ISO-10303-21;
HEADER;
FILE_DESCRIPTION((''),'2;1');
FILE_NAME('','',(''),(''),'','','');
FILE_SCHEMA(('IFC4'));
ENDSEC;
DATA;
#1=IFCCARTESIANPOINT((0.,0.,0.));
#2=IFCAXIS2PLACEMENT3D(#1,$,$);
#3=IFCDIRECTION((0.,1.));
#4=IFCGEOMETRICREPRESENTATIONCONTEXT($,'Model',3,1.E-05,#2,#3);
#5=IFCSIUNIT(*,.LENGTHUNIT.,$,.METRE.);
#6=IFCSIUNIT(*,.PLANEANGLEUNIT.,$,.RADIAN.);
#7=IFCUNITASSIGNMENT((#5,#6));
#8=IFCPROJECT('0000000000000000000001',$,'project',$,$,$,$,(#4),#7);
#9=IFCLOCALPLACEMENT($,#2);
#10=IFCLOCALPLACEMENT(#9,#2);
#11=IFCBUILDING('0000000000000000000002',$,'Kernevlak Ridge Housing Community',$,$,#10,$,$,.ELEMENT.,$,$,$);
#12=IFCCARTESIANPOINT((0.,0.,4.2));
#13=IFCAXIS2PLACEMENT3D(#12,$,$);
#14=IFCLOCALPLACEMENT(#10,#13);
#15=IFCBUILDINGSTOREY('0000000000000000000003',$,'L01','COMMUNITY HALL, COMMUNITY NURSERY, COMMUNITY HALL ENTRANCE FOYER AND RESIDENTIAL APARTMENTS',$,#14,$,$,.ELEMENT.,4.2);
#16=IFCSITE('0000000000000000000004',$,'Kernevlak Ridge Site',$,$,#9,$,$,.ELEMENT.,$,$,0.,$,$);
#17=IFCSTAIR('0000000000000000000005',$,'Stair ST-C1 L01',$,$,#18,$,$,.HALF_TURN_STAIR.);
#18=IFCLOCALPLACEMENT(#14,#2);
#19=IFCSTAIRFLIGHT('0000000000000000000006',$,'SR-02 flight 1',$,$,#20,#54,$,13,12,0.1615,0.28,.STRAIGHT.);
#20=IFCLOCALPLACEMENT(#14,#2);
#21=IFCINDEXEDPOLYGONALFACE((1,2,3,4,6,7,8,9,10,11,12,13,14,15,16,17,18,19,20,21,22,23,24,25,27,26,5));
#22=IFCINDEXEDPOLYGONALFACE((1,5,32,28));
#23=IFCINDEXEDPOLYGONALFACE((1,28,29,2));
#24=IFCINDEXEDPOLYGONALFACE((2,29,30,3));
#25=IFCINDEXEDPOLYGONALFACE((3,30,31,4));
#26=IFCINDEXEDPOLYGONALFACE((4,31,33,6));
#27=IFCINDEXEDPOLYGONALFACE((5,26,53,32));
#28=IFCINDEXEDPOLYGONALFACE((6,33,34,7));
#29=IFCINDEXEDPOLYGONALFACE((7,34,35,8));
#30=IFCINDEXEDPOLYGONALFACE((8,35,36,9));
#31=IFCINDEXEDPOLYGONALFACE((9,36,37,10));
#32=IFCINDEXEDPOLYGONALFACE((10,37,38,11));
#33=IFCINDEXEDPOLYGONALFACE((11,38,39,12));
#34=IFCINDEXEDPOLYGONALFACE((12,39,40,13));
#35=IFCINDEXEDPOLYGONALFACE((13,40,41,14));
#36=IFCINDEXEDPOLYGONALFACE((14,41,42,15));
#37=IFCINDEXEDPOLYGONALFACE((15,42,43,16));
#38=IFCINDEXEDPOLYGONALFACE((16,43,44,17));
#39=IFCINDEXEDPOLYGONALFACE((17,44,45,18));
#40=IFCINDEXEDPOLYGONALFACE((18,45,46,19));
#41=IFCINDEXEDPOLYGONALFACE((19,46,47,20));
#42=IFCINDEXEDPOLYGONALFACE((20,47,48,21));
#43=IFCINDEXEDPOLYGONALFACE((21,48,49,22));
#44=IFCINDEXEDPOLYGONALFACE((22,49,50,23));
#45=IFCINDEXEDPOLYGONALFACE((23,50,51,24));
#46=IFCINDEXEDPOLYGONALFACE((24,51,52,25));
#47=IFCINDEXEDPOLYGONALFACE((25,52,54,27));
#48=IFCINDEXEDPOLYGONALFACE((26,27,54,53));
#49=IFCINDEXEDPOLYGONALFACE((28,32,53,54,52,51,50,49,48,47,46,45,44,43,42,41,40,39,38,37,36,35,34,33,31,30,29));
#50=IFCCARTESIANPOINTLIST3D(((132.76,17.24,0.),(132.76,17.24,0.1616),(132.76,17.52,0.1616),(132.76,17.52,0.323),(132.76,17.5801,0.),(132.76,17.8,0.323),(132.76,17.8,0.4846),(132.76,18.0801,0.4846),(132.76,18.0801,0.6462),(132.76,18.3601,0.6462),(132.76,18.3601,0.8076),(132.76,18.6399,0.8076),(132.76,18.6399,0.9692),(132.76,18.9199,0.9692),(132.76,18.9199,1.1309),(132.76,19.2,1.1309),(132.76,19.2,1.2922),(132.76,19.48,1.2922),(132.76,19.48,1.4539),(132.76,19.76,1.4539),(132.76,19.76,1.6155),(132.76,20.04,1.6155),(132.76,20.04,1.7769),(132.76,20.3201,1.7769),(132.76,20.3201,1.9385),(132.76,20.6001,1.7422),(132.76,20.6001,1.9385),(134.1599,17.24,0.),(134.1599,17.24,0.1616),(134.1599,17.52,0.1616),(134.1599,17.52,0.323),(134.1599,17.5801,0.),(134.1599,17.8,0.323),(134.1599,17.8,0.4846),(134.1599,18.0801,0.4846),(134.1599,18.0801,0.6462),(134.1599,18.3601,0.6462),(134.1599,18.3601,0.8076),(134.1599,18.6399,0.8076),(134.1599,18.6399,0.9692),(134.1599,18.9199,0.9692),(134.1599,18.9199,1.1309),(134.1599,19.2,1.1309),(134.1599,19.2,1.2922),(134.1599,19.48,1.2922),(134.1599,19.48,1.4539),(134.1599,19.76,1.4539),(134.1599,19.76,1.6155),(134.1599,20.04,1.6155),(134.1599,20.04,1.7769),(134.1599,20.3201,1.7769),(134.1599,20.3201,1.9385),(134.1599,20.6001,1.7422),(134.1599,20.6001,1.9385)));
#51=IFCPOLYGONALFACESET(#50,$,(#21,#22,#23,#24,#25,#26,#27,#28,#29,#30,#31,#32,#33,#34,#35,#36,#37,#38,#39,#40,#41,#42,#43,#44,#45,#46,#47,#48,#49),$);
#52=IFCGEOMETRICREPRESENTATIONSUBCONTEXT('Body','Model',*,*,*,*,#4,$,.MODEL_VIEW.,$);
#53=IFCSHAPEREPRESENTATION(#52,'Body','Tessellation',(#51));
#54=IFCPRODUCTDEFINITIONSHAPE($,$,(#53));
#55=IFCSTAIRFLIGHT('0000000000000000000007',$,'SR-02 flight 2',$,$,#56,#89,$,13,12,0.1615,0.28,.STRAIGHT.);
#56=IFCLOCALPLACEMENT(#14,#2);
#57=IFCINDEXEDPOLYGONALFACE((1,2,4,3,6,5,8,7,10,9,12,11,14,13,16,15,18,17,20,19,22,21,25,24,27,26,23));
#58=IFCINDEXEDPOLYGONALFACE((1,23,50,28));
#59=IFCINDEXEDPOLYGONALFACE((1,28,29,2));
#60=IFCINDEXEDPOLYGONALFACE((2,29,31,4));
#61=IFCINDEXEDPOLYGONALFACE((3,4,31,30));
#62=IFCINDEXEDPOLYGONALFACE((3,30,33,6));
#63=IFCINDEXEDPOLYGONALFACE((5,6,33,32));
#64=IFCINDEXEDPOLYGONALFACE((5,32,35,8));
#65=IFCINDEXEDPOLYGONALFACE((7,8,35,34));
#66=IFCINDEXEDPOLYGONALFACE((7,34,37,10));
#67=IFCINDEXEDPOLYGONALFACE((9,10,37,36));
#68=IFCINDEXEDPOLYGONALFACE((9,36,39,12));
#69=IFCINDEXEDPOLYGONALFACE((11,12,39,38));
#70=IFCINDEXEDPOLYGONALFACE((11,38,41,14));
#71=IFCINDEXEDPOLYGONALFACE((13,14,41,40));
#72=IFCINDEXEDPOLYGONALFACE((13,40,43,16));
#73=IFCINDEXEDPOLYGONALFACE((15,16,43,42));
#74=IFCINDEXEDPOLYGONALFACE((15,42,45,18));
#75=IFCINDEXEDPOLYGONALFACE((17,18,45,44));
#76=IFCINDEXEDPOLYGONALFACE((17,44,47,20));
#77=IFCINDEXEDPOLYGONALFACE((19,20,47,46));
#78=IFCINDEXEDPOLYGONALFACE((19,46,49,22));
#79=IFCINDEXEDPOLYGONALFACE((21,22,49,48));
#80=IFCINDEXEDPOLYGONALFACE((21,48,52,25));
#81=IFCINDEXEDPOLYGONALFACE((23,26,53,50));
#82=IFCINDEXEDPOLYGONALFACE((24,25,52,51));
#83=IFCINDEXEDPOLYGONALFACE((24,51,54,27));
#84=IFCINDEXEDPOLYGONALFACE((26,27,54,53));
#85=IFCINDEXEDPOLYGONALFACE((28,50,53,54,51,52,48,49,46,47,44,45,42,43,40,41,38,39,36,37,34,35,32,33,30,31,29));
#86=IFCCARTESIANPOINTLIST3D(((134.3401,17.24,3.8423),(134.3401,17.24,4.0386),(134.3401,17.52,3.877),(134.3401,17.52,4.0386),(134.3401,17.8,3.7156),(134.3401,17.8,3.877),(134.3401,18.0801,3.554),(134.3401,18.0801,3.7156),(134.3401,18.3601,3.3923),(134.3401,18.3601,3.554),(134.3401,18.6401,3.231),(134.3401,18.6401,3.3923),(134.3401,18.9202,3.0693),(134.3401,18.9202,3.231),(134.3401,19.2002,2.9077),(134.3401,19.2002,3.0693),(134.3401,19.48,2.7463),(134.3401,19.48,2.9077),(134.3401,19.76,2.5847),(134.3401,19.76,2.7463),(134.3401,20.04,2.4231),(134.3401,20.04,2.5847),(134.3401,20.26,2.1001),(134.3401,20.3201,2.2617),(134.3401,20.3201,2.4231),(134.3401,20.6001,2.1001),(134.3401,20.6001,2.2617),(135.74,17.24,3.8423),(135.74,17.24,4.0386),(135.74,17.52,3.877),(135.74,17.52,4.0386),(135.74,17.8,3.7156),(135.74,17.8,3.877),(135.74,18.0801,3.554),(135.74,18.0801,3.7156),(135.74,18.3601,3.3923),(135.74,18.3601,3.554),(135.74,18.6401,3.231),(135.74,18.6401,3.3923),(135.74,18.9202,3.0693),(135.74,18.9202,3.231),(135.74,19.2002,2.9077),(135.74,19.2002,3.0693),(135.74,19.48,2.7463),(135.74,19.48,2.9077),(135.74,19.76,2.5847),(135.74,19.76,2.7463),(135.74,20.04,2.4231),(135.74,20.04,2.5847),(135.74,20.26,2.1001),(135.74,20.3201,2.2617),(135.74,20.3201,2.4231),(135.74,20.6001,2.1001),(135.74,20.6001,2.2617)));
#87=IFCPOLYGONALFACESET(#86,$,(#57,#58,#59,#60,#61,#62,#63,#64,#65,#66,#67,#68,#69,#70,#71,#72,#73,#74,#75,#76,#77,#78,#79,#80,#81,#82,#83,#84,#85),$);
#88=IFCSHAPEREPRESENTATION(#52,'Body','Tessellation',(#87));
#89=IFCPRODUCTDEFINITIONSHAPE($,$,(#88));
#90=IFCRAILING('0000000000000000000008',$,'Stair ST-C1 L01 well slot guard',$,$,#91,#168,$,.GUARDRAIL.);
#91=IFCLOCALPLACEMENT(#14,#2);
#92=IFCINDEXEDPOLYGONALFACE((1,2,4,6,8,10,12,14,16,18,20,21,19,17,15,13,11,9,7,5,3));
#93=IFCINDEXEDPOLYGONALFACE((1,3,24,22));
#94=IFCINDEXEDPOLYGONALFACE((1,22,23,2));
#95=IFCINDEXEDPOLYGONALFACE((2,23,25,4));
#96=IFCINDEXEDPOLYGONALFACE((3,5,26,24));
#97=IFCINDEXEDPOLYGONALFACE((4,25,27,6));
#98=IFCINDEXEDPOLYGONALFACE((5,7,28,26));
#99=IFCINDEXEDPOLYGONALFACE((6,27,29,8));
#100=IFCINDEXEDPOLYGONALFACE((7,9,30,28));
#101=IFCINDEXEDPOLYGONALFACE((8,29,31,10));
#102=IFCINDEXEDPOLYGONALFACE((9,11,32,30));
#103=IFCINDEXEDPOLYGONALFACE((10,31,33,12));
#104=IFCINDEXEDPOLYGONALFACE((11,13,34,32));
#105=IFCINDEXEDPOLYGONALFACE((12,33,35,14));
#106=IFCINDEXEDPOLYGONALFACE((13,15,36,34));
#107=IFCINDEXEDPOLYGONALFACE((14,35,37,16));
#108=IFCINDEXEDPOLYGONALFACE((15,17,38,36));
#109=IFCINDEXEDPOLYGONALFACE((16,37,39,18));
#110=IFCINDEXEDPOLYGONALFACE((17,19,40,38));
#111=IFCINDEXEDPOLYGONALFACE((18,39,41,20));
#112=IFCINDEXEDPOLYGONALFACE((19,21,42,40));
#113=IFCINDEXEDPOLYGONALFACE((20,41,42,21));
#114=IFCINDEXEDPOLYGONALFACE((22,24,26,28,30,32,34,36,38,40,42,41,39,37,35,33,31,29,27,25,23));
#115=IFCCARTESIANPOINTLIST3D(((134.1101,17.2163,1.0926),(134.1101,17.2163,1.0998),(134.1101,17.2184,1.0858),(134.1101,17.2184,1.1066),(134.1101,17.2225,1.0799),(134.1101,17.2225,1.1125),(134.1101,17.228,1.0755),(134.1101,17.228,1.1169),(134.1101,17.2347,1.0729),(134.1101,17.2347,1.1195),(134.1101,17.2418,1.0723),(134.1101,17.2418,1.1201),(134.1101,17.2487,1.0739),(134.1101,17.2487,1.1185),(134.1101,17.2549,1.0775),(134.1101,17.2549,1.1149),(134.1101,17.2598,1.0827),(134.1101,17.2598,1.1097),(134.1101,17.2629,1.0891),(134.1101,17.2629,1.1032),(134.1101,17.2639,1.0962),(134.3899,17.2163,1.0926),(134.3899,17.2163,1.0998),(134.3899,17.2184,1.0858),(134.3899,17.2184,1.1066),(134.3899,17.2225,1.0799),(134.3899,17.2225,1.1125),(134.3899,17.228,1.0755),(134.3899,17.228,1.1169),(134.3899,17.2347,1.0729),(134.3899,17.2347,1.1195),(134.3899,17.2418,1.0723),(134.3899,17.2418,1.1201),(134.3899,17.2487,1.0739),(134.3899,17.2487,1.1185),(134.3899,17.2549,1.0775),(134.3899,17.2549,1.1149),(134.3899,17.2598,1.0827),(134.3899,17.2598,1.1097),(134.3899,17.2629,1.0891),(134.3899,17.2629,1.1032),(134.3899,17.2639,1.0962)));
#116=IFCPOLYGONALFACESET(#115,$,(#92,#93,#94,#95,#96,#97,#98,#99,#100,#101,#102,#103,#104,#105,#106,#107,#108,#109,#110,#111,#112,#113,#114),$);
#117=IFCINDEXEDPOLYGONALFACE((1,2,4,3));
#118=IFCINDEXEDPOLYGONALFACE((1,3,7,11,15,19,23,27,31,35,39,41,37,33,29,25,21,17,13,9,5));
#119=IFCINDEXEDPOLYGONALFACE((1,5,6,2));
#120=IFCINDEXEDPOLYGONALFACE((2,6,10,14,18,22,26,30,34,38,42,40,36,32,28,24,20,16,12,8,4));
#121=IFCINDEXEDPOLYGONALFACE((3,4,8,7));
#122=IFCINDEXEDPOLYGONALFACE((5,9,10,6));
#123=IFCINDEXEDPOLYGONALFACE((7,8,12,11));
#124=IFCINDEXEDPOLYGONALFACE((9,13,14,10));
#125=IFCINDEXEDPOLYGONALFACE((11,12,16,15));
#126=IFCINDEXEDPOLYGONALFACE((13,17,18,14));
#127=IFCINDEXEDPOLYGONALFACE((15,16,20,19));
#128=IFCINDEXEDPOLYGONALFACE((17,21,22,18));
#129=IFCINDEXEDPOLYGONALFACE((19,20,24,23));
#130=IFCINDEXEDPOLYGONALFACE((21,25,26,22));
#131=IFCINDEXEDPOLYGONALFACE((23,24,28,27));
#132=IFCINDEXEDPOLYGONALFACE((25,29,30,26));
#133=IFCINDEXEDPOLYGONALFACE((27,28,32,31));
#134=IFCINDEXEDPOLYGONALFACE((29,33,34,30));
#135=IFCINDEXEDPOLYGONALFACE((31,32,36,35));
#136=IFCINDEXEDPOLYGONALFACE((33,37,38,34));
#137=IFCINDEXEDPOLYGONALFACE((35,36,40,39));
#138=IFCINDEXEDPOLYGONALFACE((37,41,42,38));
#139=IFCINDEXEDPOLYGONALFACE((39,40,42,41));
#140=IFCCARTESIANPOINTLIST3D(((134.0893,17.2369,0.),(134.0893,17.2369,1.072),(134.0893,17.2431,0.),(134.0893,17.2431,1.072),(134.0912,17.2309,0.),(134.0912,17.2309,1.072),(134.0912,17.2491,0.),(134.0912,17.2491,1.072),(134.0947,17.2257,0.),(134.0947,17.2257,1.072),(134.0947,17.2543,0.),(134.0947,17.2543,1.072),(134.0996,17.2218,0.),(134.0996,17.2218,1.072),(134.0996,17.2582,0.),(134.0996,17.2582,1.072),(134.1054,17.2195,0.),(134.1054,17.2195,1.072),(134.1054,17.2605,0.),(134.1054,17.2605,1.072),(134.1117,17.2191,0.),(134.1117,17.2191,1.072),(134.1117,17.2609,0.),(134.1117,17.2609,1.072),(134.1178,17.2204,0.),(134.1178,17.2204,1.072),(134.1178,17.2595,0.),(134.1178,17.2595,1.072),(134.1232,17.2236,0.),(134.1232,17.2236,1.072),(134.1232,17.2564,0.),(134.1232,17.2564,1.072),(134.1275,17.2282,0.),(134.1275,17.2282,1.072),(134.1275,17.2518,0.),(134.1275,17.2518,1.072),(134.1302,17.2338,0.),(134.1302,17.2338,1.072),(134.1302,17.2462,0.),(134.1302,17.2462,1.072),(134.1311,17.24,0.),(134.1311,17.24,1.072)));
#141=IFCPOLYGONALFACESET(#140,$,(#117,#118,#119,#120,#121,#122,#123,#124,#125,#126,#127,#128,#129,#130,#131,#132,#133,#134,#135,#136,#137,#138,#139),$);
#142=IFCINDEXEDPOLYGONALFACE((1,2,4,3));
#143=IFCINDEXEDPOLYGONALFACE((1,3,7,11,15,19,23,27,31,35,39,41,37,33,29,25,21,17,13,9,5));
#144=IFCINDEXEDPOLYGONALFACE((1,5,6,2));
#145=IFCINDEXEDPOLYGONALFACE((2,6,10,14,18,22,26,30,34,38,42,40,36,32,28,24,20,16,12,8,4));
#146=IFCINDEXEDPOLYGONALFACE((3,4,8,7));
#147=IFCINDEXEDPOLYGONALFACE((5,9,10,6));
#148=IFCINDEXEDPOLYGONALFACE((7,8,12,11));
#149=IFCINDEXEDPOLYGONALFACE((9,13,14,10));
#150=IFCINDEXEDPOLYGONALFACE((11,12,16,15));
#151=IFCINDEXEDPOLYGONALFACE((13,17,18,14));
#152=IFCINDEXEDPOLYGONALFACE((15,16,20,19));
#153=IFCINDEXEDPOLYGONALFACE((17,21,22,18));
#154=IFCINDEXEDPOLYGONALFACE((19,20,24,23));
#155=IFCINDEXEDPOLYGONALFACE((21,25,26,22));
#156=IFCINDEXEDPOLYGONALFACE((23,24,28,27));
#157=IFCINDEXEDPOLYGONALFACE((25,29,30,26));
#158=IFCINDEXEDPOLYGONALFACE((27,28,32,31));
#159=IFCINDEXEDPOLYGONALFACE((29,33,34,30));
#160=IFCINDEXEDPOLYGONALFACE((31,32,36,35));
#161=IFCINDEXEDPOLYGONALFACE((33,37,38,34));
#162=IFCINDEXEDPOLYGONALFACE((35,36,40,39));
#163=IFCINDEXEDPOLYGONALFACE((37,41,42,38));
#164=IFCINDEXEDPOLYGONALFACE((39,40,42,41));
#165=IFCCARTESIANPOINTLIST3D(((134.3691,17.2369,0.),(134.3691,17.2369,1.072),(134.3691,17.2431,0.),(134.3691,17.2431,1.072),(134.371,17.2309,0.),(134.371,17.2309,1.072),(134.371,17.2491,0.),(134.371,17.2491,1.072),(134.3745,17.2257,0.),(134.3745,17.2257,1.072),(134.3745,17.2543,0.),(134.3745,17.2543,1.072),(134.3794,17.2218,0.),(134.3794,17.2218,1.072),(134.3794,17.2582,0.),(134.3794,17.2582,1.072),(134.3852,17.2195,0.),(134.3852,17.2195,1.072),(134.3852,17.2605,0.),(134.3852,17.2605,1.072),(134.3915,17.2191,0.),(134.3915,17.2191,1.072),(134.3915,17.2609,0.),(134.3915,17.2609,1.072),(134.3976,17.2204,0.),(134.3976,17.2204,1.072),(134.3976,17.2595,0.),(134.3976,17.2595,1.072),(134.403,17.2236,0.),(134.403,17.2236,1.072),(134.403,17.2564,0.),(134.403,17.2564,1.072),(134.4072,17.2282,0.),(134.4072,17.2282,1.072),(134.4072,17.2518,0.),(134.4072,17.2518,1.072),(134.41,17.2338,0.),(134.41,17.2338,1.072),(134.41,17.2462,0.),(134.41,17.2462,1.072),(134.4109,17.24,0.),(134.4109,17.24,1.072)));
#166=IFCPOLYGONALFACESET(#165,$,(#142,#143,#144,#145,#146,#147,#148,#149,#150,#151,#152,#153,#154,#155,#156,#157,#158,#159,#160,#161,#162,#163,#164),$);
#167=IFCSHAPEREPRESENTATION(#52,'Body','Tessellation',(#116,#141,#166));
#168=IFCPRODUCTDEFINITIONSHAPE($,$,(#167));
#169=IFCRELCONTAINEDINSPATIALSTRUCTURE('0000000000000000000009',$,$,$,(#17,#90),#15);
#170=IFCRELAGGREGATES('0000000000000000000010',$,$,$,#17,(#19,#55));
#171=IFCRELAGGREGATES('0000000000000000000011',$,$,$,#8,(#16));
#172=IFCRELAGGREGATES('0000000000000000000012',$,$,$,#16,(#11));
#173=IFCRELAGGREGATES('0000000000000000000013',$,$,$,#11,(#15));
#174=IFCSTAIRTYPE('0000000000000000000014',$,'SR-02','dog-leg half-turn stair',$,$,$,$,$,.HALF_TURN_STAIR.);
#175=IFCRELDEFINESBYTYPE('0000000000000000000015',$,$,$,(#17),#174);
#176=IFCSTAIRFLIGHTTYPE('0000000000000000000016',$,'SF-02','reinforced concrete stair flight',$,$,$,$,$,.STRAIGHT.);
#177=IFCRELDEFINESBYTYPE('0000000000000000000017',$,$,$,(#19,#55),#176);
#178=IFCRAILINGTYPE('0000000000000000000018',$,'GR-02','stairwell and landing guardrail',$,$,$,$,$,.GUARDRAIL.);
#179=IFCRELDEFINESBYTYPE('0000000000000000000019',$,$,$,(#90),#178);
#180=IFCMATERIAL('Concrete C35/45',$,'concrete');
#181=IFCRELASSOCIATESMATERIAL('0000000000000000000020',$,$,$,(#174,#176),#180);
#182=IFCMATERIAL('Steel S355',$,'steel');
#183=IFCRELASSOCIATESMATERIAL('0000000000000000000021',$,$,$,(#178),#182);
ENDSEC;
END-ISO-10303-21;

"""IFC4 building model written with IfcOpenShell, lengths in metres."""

from ifc_helpers import new_model, si_unit, direction, frame, origin, origin_2d, place, context, subcontext, project, spatial, polyline, circle, outline, extrude, material, type_object, element, aggregate, save


model = new_model("IFC4")

# Units and contexts
model_context = context("Model", 3, precision=1e-05, world=origin(), true_north=direction((0.0, 1.0)))
body_context = subcontext(model_context, "Body", "Model", "MODEL_VIEW")
ifc_project = project(units=[si_unit("LENGTHUNIT", "METRE"), si_unit("PLANEANGLEUNIT", "RADIAN")], contexts=[model_context])

# Site, building, storey
site_placement = place(None, origin())
site = spatial("IfcSite", under=ifc_project, at=site_placement, Name="Kernevlak Ridge Site", CompositionType="ELEMENT", RefElevation=0.0)
building_placement = place(site_placement, origin())
building = spatial("IfcBuilding", under=site, at=building_placement, Name="Kernevlak Ridge Housing Community", CompositionType="ELEMENT")
storey_placement = place(building_placement, frame((0.0, 0.0, 4.2)))
storey = spatial("IfcBuildingStorey", under=building, at=storey_placement, Name="L01", Description="COMMUNITY HALL, COMMUNITY NURSERY, COMMUNITY HALL ENTRANCE FOYER AND RESIDENTIAL APARTMENTS", CompositionType="ELEMENT", Elevation=4.2)

# Shared definitions
ifc_material_1 = material(Name="Concrete C35/45", Category="concrete")

# Stair, stair flights
stair_type = type_object("IfcStairType", Name="SR-02", Description="dog-leg half-turn stair", PredefinedType="HALF_TURN_STAIR", material=ifc_material_1)
stair_placement = place(storey_placement, origin())
stair = element("IfcStair", 1, at=stair_placement, inside=storey, type_object=stair_type, Name="Stair ST-C1 L01", PredefinedType="HALF_TURN_STAIR")
stair_flight_type = type_object("IfcStairFlightType", Name="SF-02", Description="reinforced concrete stair flight", PredefinedType="STRAIGHT", material=ifc_material_1)
stair_flight_1_placement = place(storey_placement, frame((133.46, 17.24, 0.0), z_axis=(0.0, 0.0, 1.0), x_axis=(0.0, 1.0, 0.0)))
stair_flight_1 = element("IfcStairFlight", 2, at=stair_flight_1_placement, type_object=stair_flight_type, Name="SR-02 flight 1", NumberOfRisers=13, NumberOfTreads=12, PredefinedType="STRAIGHT", RiserHeight=0.1615, TreadLength=0.28, context=body_context, shape_type="SweptSolid", body=[
    extrude(outline(polyline([(0.0, 0.0), (0.0, 0.1616), (0.28, 0.1616), (0.28, 0.323), (0.5601, 0.323), (0.5601, 0.4846), (0.8401, 0.4846), (0.8401, 0.6462), (1.1201, 0.6462), (1.1201, 0.8076), (1.3999, 0.8076), (1.3999, 0.9692), (1.6799, 0.9692), (1.6799, 1.1309), (1.96, 1.1309), (1.96, 1.2922), (2.24, 1.2922), (2.24, 1.4539), (2.52, 1.4539), (2.52, 1.6155), (2.8, 1.6155), (2.8, 1.7769), (3.0801, 1.7769), (3.0801, 1.9385), (3.3601, 1.9385), (3.3601, 2.1001), (3.3601, 1.7422), (0.3401, 0.0), (0.0, 0.0)])), frame((0.0, 0.7, 0.0), z_axis=(0.0, -1.0, 0.0), x_axis=(1.0, 0.0, 0.0)), (0.0, 0.0, 1.0), 1.3999),
])
stair_flight_2_placement = place(storey_placement, frame((135.04, 20.6001, 2.1001), z_axis=(0.0, 0.0, 1.0), x_axis=(0.0, -1.0, 0.0)))
stair_flight_2 = element("IfcStairFlight", 3, at=stair_flight_2_placement, type_object=stair_flight_type, Name="SR-02 flight 2", NumberOfRisers=13, NumberOfTreads=12, PredefinedType="STRAIGHT", RiserHeight=0.1615, TreadLength=0.28, context=body_context, shape_type="SweptSolid", body=[
    extrude(outline(polyline([(0.0, 0.0), (0.0, 0.1616), (0.28, 0.1616), (0.28, 0.323), (0.5601, 0.323), (0.5601, 0.4846), (0.8401, 0.4846), (0.8401, 0.6462), (1.1201, 0.6462), (1.1201, 0.8076), (1.3999, 0.8076), (1.3999, 0.9692), (1.6799, 0.9692), (1.6799, 1.1309), (1.96, 1.1309), (1.96, 1.2922), (2.24, 1.2922), (2.24, 1.4539), (2.52, 1.4539), (2.52, 1.6155), (2.8, 1.6155), (2.8, 1.7769), (3.0801, 1.7769), (3.0801, 1.9385), (3.3601, 1.9385), (3.3601, 2.1001), (3.3601, 1.7422), (0.3401, 0.0), (0.0, 0.0)])), frame((0.0, 0.7, 0.0), z_axis=(0.0, -1.0, 0.0), x_axis=(1.0, 0.0, 0.0)), (0.0, 0.0, 1.0), 1.3999),
])
aggregate(stair, [stair_flight_1, stair_flight_2])

# Railing
ifc_material_2 = material(Name="Steel S355", Category="steel")
railing_type_1 = type_object("IfcRailingType", Name="GR-02", Description="stairwell and landing guardrail", PredefinedType="GUARDRAIL", material=ifc_material_2)
railing_1_placement = place(storey_placement, frame((134.1101, 17.24, 0.0)))
element("IfcRailing", 4, at=railing_1_placement, inside=storey, type_object=railing_type_1, Name="Stair ST-C1 L01 well slot guard", PredefinedType="GUARDRAIL", context=body_context, shape_type="SweptSolid", body=[
    extrude(circle(Radius=0.0239, at=origin_2d()), frame((0.0, 0.0, 1.0962), z_axis=(1.0, 0.0, 0.0), x_axis=(0.0, 1.0, 0.0)), (0.0, 0.0, 1.0), 0.2798),
    extrude(circle(Radius=0.021, at=origin_2d()), origin(), (0.0, 0.0, 1.0), 1.072),
    extrude(circle(Radius=0.021, at=origin_2d()), frame((0.2798, 0.0, 0.0)), (0.0, 0.0, 1.0), 1.072),
])

save(model, "model.ifc")
